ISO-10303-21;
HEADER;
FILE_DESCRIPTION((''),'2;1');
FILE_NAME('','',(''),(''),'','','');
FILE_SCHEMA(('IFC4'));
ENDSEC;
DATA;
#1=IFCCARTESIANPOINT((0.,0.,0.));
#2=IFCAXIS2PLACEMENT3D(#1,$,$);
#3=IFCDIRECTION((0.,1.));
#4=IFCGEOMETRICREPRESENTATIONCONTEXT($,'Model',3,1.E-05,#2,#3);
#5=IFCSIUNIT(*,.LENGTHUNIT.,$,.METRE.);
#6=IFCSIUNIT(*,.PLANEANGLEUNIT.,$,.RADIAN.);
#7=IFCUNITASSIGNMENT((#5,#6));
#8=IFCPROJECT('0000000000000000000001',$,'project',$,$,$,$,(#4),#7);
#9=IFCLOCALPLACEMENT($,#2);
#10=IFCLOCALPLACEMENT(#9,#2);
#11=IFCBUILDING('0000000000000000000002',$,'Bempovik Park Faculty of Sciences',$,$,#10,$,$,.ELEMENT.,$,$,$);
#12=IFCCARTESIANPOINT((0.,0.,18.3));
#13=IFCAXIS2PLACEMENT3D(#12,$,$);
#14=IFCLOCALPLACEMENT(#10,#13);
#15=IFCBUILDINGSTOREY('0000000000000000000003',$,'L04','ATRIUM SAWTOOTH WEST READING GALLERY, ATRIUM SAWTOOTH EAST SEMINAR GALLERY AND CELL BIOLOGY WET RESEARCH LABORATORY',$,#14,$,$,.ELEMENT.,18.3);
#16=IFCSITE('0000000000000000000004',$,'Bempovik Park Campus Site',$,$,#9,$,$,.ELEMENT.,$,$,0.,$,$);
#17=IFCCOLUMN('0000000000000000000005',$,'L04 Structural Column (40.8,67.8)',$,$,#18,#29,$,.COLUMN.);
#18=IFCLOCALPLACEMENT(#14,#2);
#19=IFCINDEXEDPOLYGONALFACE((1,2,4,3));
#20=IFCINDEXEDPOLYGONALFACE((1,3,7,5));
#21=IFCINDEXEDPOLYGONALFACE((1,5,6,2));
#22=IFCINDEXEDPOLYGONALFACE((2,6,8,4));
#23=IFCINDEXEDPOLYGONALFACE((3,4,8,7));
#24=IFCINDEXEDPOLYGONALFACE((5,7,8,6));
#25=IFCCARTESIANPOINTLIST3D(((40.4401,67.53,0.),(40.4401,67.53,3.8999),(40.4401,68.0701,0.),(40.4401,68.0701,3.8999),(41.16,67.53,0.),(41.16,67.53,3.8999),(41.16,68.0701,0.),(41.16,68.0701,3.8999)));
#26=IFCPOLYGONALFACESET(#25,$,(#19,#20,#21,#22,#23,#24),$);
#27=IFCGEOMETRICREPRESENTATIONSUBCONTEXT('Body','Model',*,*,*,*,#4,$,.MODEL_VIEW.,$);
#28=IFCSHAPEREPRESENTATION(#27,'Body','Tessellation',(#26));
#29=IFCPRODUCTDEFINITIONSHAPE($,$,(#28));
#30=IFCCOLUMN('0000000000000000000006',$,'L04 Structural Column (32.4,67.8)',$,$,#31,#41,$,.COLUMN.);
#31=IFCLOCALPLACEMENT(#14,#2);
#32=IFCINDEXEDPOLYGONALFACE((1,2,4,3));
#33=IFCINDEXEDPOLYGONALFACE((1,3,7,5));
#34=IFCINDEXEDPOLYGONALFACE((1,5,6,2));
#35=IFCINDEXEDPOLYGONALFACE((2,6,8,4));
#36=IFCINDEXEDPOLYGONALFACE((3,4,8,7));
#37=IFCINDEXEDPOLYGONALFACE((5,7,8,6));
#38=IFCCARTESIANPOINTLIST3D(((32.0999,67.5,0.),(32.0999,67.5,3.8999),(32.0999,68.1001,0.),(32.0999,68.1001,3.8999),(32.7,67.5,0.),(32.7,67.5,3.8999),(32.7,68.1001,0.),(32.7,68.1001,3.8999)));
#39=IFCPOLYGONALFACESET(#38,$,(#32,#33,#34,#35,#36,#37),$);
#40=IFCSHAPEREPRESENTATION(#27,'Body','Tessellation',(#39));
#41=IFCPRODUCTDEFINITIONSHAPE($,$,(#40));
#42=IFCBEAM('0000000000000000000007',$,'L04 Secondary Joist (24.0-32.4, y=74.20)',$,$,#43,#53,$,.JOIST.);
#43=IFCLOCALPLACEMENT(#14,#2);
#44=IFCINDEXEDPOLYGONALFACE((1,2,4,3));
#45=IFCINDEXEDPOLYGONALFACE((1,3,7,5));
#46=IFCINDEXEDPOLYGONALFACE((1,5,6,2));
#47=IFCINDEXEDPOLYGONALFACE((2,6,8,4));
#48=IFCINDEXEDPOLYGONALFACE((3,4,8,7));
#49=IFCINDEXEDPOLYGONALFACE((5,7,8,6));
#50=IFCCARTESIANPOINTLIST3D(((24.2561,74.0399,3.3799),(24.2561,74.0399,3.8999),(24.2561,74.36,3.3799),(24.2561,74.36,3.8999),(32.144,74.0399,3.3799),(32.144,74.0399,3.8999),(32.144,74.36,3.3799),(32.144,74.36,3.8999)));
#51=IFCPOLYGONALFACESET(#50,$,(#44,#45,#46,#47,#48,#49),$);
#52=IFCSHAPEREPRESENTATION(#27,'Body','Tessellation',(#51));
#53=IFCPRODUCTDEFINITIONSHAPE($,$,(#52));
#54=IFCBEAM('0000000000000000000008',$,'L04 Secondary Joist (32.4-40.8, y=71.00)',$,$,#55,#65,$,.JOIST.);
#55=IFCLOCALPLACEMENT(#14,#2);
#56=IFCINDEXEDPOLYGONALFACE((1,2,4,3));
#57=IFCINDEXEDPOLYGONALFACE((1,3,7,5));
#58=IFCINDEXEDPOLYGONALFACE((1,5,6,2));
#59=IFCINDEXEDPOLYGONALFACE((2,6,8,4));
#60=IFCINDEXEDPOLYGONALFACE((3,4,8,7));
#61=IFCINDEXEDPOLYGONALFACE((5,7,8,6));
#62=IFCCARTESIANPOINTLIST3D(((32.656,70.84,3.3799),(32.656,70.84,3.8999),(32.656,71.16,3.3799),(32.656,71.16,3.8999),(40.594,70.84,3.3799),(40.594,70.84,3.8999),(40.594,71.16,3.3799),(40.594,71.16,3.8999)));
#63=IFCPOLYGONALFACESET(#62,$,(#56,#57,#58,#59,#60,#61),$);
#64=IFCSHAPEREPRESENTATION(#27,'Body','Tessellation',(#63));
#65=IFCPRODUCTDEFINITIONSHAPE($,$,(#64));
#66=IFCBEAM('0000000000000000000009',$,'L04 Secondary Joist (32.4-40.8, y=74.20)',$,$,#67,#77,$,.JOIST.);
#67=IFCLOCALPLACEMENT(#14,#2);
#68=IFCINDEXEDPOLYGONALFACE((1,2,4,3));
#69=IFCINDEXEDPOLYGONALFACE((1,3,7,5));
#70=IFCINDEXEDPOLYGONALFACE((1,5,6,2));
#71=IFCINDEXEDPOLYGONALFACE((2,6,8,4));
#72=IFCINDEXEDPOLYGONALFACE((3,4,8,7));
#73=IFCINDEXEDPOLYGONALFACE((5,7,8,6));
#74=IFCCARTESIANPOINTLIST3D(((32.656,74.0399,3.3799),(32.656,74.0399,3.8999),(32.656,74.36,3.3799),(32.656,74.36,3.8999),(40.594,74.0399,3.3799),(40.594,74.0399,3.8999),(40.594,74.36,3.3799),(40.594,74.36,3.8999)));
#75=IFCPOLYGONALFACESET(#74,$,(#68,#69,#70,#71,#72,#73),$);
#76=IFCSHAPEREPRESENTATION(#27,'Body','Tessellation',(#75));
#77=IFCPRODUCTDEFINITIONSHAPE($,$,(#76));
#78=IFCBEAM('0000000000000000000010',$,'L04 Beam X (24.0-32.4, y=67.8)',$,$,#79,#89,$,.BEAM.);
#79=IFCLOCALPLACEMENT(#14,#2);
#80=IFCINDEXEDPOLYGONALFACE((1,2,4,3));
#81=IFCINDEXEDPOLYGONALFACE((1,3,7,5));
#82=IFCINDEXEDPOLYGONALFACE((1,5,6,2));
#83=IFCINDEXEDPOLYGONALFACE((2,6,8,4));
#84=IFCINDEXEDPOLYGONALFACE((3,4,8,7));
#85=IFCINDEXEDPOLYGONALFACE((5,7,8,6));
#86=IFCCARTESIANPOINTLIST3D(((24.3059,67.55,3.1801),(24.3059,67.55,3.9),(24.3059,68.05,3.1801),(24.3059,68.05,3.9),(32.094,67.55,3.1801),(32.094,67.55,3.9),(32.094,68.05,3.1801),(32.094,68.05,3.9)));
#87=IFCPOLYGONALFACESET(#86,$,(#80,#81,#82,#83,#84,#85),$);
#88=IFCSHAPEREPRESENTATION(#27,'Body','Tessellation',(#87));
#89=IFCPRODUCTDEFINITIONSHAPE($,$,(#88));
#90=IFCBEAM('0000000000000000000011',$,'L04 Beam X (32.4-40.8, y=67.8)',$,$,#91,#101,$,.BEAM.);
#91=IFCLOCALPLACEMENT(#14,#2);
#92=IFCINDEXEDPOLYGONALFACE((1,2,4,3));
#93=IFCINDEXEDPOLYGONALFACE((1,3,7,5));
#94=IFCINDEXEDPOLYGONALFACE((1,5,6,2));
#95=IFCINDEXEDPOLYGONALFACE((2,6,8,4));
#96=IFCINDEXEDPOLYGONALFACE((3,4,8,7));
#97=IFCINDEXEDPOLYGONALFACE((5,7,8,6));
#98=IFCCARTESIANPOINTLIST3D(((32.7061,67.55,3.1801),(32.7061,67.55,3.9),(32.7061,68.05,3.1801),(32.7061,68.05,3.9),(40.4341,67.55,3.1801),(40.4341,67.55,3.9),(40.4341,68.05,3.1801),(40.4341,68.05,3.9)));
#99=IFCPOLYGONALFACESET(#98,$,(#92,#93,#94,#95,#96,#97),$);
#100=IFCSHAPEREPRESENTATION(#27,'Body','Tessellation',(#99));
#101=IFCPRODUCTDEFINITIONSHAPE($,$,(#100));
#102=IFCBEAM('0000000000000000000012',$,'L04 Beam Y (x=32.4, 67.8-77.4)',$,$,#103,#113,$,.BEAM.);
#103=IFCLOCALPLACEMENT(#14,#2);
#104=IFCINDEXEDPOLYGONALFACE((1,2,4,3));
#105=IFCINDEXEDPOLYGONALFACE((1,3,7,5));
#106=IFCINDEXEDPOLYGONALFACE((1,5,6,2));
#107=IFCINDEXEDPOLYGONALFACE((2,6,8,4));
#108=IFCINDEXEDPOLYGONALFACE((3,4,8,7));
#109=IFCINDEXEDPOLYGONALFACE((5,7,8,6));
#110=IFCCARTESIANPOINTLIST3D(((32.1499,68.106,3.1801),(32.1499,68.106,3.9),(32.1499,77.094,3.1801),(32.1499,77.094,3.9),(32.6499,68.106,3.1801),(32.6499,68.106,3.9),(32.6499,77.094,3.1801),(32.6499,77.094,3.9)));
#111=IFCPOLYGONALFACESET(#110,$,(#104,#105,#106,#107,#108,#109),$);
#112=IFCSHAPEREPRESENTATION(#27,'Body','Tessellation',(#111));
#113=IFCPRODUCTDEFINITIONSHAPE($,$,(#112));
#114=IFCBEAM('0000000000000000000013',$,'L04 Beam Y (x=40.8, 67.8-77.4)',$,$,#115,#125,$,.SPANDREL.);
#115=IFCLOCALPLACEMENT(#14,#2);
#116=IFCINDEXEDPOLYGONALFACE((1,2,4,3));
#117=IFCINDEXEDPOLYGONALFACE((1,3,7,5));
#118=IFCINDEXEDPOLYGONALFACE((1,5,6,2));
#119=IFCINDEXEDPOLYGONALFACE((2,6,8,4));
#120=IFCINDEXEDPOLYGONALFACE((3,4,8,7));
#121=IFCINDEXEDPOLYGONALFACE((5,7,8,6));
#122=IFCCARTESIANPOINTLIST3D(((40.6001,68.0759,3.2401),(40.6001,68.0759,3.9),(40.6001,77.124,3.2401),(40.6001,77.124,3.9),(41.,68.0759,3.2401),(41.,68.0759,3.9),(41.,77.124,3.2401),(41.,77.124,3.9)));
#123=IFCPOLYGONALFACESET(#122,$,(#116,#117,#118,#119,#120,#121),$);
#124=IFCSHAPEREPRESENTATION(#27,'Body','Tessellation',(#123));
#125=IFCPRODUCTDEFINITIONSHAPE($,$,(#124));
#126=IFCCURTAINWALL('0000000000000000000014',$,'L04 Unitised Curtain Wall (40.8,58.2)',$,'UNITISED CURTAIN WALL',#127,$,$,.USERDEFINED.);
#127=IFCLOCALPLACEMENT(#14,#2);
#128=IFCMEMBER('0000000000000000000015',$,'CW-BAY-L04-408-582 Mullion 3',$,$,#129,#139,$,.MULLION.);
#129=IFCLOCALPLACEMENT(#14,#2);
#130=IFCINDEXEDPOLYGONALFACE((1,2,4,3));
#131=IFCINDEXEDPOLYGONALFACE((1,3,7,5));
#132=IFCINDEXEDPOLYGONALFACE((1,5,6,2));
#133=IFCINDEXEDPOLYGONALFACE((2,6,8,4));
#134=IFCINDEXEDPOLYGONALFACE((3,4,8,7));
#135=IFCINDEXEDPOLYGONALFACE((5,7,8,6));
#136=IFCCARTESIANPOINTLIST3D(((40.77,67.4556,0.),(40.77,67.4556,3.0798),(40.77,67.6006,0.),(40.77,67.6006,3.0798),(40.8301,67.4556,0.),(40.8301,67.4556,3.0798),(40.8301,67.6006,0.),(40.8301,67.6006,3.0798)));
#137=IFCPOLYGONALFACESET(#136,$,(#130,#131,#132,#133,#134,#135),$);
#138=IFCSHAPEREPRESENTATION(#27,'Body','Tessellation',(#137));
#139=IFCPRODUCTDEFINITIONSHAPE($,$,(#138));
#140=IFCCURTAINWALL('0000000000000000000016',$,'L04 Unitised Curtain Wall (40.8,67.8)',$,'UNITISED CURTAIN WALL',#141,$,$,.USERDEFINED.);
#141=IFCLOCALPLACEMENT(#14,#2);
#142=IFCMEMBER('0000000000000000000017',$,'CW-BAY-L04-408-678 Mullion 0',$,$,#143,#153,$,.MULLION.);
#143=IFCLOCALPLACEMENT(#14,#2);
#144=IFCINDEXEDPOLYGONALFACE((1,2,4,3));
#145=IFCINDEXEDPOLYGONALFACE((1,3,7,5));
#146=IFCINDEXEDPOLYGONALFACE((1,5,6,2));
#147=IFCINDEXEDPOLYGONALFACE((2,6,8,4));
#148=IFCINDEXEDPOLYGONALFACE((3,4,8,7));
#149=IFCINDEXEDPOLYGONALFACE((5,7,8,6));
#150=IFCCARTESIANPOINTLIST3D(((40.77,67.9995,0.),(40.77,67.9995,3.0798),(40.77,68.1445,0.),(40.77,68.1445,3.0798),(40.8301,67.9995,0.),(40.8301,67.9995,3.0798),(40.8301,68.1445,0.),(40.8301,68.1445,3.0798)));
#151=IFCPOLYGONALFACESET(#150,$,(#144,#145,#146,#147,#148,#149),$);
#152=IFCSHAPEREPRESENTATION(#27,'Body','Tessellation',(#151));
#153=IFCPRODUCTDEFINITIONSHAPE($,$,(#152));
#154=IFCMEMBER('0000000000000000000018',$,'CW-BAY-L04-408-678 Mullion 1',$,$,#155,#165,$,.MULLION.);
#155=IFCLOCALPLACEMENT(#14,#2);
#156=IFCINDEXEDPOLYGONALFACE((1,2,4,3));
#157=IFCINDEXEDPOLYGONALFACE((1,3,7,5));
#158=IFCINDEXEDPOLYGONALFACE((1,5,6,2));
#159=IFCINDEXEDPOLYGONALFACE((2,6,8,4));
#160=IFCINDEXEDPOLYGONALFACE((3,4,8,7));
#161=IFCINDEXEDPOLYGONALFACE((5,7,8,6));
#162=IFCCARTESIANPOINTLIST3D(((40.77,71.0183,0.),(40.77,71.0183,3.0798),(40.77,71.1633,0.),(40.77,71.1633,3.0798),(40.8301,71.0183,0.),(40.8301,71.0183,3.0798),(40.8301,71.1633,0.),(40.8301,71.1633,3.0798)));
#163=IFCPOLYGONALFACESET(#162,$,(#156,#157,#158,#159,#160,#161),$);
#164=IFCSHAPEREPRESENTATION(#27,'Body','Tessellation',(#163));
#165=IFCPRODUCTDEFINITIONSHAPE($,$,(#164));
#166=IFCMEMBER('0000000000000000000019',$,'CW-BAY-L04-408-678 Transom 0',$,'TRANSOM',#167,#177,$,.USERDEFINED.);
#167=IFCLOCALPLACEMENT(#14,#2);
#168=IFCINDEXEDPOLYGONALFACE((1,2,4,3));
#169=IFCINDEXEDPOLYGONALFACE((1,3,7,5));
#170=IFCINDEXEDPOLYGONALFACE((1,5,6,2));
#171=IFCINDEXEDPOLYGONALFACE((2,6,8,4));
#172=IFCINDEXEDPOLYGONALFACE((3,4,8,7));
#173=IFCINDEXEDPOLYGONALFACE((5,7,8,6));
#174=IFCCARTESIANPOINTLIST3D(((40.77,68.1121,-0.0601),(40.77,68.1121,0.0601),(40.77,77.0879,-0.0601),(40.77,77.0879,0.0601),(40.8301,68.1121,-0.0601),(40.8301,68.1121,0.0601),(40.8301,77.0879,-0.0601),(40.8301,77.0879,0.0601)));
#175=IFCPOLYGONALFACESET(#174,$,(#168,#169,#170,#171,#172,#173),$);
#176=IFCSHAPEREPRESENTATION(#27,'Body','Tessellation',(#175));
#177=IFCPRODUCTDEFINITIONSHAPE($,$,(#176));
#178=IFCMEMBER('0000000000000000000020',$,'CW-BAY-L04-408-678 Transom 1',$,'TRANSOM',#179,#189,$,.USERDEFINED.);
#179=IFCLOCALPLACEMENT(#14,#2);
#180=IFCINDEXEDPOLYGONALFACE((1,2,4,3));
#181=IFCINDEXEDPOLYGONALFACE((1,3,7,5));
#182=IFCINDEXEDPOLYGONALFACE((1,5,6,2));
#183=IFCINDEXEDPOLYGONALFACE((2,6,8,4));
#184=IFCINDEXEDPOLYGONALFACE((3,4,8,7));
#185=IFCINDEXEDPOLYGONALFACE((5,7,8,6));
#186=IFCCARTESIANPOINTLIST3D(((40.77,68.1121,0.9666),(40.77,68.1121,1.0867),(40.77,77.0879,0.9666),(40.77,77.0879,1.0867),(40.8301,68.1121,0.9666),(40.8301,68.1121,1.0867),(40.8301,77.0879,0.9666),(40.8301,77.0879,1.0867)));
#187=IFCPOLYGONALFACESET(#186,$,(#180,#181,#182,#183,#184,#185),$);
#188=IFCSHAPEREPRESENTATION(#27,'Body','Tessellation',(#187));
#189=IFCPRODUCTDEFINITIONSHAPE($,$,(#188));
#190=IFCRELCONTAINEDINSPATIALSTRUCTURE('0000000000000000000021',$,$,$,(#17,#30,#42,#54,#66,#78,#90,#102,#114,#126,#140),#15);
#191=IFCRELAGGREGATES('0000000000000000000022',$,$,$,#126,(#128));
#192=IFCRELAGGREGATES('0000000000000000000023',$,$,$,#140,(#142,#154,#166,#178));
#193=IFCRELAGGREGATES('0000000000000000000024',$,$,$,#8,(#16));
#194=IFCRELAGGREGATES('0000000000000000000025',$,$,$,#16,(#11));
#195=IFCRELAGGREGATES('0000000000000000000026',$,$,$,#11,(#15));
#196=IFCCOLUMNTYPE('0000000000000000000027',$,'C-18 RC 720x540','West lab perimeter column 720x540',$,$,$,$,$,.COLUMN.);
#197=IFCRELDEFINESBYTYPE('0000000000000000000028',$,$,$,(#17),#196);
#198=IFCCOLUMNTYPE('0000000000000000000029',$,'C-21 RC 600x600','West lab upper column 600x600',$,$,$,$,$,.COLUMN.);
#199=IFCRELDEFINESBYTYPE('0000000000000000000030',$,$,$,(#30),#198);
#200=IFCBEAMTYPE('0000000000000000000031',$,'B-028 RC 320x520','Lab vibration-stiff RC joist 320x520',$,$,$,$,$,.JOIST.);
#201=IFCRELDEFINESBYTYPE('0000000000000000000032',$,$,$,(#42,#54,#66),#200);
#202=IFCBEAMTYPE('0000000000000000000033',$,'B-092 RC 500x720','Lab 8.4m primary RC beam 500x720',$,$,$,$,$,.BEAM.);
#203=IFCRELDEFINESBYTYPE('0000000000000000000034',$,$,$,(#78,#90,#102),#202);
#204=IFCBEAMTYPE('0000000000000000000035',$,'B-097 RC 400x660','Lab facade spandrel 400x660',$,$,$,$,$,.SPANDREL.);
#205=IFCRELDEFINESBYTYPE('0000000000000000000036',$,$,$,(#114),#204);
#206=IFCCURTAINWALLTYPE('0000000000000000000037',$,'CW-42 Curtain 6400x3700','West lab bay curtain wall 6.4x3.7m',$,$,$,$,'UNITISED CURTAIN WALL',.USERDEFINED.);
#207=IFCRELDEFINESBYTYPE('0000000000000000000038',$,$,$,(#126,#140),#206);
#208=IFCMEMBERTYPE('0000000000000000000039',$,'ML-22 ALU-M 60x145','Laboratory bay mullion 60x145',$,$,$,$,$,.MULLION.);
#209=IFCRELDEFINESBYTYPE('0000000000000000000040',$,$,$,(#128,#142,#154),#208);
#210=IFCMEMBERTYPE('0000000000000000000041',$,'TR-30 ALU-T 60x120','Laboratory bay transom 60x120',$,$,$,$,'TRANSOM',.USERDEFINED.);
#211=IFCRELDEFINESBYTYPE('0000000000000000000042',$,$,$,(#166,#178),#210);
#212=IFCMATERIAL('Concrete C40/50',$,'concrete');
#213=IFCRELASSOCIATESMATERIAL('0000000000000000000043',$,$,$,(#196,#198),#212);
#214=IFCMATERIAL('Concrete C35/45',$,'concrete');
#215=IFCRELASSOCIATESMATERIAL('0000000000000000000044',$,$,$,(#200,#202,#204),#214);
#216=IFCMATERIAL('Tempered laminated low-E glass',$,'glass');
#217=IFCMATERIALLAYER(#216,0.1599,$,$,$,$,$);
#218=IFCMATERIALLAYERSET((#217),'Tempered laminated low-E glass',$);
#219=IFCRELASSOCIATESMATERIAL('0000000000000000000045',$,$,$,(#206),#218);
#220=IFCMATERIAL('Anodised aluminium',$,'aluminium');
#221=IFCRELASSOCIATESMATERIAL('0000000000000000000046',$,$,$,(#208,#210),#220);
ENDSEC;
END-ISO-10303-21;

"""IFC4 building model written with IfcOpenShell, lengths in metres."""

from ifc_helpers import new_model, si_unit, direction, frame, origin, origin_2d, place, context, subcontext, project, spatial, rectangle, extrude, material, layer, layer_set, material_profile, profile_set, type_object, element, aggregate, save


model = new_model("IFC4")

# Units and contexts
model_context = context("Model", 3, precision=1e-05, world=origin(), true_north=direction((0.0, 1.0)))
body_context = subcontext(model_context, "Body", "Model", "MODEL_VIEW")
ifc_project = project(units=[si_unit("LENGTHUNIT", "METRE"), si_unit("PLANEANGLEUNIT", "RADIAN")], contexts=[model_context])

# Site, building, storey
site_placement = place(None, origin())
site = spatial("IfcSite", under=ifc_project, at=site_placement, Name="Bempovik Park Campus Site", CompositionType="ELEMENT", RefElevation=0.0)
building_placement = place(site_placement, origin())
building = spatial("IfcBuilding", under=site, at=building_placement, Name="Bempovik Park Faculty of Sciences", CompositionType="ELEMENT")
storey_placement = place(building_placement, frame((0.0, 0.0, 18.3)))
storey = spatial("IfcBuildingStorey", under=building, at=storey_placement, Name="L04", Description="ATRIUM SAWTOOTH WEST READING GALLERY, ATRIUM SAWTOOTH EAST SEMINAR GALLERY AND CELL BIOLOGY WET RESEARCH LABORATORY", CompositionType="ELEMENT", Elevation=18.3)

# Columns
ifc_material_1 = material(Name="Concrete C40/50", Category="concrete")
ifc_material_profile_1 = material_profile(ifc_material_1, rectangle(XDim=0.72, YDim=0.54, at=origin_2d()), Name="RC 720x540")
ifc_profile_set_1 = profile_set([ifc_material_profile_1], Name="Concrete C40/50")
column_type_1 = type_object("IfcColumnType", Name="C-18 RC 720x540", Description="West lab perimeter column 720x540", PredefinedType="COLUMN", material=ifc_profile_set_1)
column_1_placement = place(storey_placement, frame((40.8, 67.8, 0.0), z_axis=(0.0, 0.0, 1.0), x_axis=(1.0, 0.0, 0.0)))
element("IfcColumn", 1, at=column_1_placement, inside=storey, type_object=column_type_1, Name="L04 Structural Column (40.8,67.8)", PredefinedType="COLUMN", context=body_context, shape_type="SweptSolid", body=[
    extrude(rectangle(XDim=0.72, YDim=0.54, at=origin_2d()), origin(), (0.0, 0.0, 1.0), 3.8999),
])
ifc_material_profile_2 = material_profile(ifc_material_1, rectangle(XDim=0.6001, YDim=0.6001, at=origin_2d()), Name="RC 600x600")
ifc_profile_set_2 = profile_set([ifc_material_profile_2], Name="Concrete C40/50")
column_type_2 = type_object("IfcColumnType", Name="C-21 RC 600x600", Description="West lab upper column 600x600", PredefinedType="COLUMN", material=ifc_profile_set_2)
column_2_placement = place(storey_placement, frame((32.3999, 67.8, 0.0), z_axis=(0.0, 0.0, 1.0), x_axis=(1.0, 0.0, 0.0)))
element("IfcColumn", 2, at=column_2_placement, inside=storey, type_object=column_type_2, Name="L04 Structural Column (32.4,67.8)", PredefinedType="COLUMN", context=body_context, shape_type="SweptSolid", body=[
    extrude(rectangle(XDim=0.6001, YDim=0.6001, at=origin_2d()), origin(), (0.0, 0.0, 1.0), 3.8999),
])

# Beams
ifc_material_2 = material(Name="Concrete C35/45", Category="concrete")
ifc_material_profile_3 = material_profile(ifc_material_2, rectangle(XDim=0.3201, YDim=0.52, at=origin_2d()), Name="RC 320x520")
ifc_profile_set_3 = profile_set([ifc_material_profile_3], Name="Concrete C35/45")
beam_type_1 = type_object("IfcBeamType", Name="B-028 RC 320x520", Description="Lab vibration-stiff RC joist 320x520", PredefinedType="JOIST", material=ifc_profile_set_3)
beam_1_placement = place(storey_placement, frame((24.2561, 74.2, 3.6399), z_axis=(1.0, 0.0, 0.0), x_axis=(0.0, 1.0, 0.0)))
element("IfcBeam", 3, at=beam_1_placement, inside=storey, type_object=beam_type_1, Name="L04 Secondary Joist (24.0-32.4, y=74.20)", PredefinedType="JOIST", context=body_context, shape_type="SweptSolid", body=[
    extrude(rectangle(XDim=0.3201, YDim=0.52, at=origin_2d()), origin(), (0.0, 0.0, 1.0), 7.8879),
])
for number, where, z_axis, x_axis, name in (
    (4, (32.656, 71.0, 3.6399), (1.0, 0.0, 0.0), (0.0, 1.0, 0.0), "L04 Secondary Joist (32.4-40.8, y=71.00)"),
    (5, (32.656, 74.2, 3.6399), (1.0, 0.0, 0.0), (0.0, 1.0, 0.0), "L04 Secondary Joist (32.4-40.8, y=74.20)"),
):
    element("IfcBeam", number, at=place(storey_placement, frame(where, z_axis=z_axis, x_axis=x_axis)), inside=storey, type_object=beam_type_1, Name=name, PredefinedType="JOIST", context=body_context, shape_type="SweptSolid", body=[
        extrude(rectangle(XDim=0.3201, YDim=0.52, at=origin_2d()), origin(), (0.0, 0.0, 1.0), 7.938),
    ])
ifc_material_profile_4 = material_profile(ifc_material_2, rectangle(XDim=0.5, YDim=0.72, at=origin_2d()), Name="RC 500x720")
ifc_profile_set_4 = profile_set([ifc_material_profile_4], Name="Concrete C35/45")
beam_type_2 = type_object("IfcBeamType", Name="B-092 RC 500x720", Description="Lab 8.4m primary RC beam 500x720", PredefinedType="BEAM", material=ifc_profile_set_4)
beam_2_placement = place(storey_placement, frame((24.3059, 67.8, 3.54), z_axis=(1.0, 0.0, 0.0), x_axis=(0.0, 1.0, 0.0)))
element("IfcBeam", 6, at=beam_2_placement, inside=storey, type_object=beam_type_2, Name="L04 Beam X (24.0-32.4, y=67.8)", PredefinedType="BEAM", context=body_context, shape_type="SweptSolid", body=[
    extrude(rectangle(XDim=0.5, YDim=0.72, at=origin_2d()), origin(), (0.0, 0.0, 1.0), 7.7881),
])
beam_3_placement = place(storey_placement, frame((32.7061, 67.8, 3.54), z_axis=(1.0, 0.0, 0.0), x_axis=(0.0, 1.0, 0.0)))
element("IfcBeam", 7, at=beam_3_placement, inside=storey, type_object=beam_type_2, Name="L04 Beam X (32.4-40.8, y=67.8)", PredefinedType="BEAM", context=body_context, shape_type="SweptSolid", body=[
    extrude(rectangle(XDim=0.5, YDim=0.72, at=origin_2d()), origin(), (0.0, 0.0, 1.0), 7.728),
])
beam_4_placement = place(storey_placement, frame((32.3999, 68.106, 3.54), z_axis=(0.0, 1.0, 0.0), x_axis=(-1.0, 0.0, 0.0)))
element("IfcBeam", 8, at=beam_4_placement, inside=storey, type_object=beam_type_2, Name="L04 Beam Y (x=32.4, 67.8-77.4)", PredefinedType="BEAM", context=body_context, shape_type="SweptSolid", body=[
    extrude(rectangle(XDim=0.5, YDim=0.72, at=origin_2d()), origin(), (0.0, 0.0, 1.0), 8.988),
])
ifc_material_profile_5 = material_profile(ifc_material_2, rectangle(XDim=0.3999, YDim=0.6599, at=origin_2d()), Name="RC 400x660")
ifc_profile_set_5 = profile_set([ifc_material_profile_5], Name="Concrete C35/45")
beam_type_3 = type_object("IfcBeamType", Name="B-097 RC 400x660", Description="Lab facade spandrel 400x660", PredefinedType="SPANDREL", material=ifc_profile_set_5)
beam_5_placement = place(storey_placement, frame((40.8, 68.0759, 3.5701), z_axis=(0.0, 1.0, 0.0), x_axis=(-1.0, 0.0, 0.0)))
element("IfcBeam", 9, at=beam_5_placement, inside=storey, type_object=beam_type_3, Name="L04 Beam Y (x=40.8, 67.8-77.4)", PredefinedType="SPANDREL", context=body_context, shape_type="SweptSolid", body=[
    extrude(rectangle(XDim=0.3999, YDim=0.6599, at=origin_2d()), origin(), (0.0, 0.0, 1.0), 9.0481),
])

# Curtain wall, member
ifc_material_3 = material(Name="Tempered laminated low-E glass", Category="glass")
ifc_layer_1 = layer(ifc_material_3, 0.1599)
ifc_layer_set_1 = layer_set([ifc_layer_1], Name="Tempered laminated low-E glass")
curtain_wall_type = type_object("IfcCurtainWallType", Name="CW-42 Curtain 6400x3700", Description="West lab bay curtain wall 6.4x3.7m", ElementType="UNITISED CURTAIN WALL", PredefinedType="USERDEFINED", material=ifc_layer_set_1)
curtain_wall_1_placement = place(storey_placement, origin())
curtain_wall_1 = element("IfcCurtainWall", 10, at=curtain_wall_1_placement, inside=storey, type_object=curtain_wall_type, Name="L04 Unitised Curtain Wall (40.8,58.2)", ObjectType="UNITISED CURTAIN WALL", PredefinedType="USERDEFINED")
ifc_material_4 = material(Name="Anodised aluminium", Category="aluminium")
ifc_material_profile_6 = material_profile(ifc_material_4, rectangle(XDim=0.0601, YDim=0.145, at=origin_2d()), Name="ALU-M 60x145")
ifc_profile_set_6 = profile_set([ifc_material_profile_6], Name="Anodised aluminium")
member_type_1 = type_object("IfcMemberType", Name="ML-22 ALU-M 60x145", Description="Laboratory bay mullion 60x145", PredefinedType="MULLION", material=ifc_profile_set_6)
member_1_placement = place(storey_placement, frame((40.8, 67.5281, 0.0), z_axis=(0.0, 0.0, 1.0), x_axis=(1.0, 0.0, 0.0)))
member_1 = element("IfcMember", 11, at=member_1_placement, type_object=member_type_1, Name="CW-BAY-L04-408-582 Mullion 3", PredefinedType="MULLION", context=body_context, shape_type="SweptSolid", body=[
    extrude(rectangle(XDim=0.0601, YDim=0.145, at=origin_2d()), origin(), (0.0, 0.0, 1.0), 3.0798),
])
aggregate(curtain_wall_1, [member_1])

# Curtain wall, members
curtain_wall_2_placement = place(storey_placement, origin())
curtain_wall_2 = element("IfcCurtainWall", 12, at=curtain_wall_2_placement, inside=storey, type_object=curtain_wall_type, Name="L04 Unitised Curtain Wall (40.8,67.8)", ObjectType="UNITISED CURTAIN WALL", PredefinedType="USERDEFINED")
member_2_placement = place(storey_placement, frame((40.8, 68.072, 0.0), z_axis=(0.0, 0.0, 1.0), x_axis=(1.0, 0.0, 0.0)))
member_2 = element("IfcMember", 13, at=member_2_placement, type_object=member_type_1, Name="CW-BAY-L04-408-678 Mullion 0", PredefinedType="MULLION", context=body_context, shape_type="SweptSolid", body=[
    extrude(rectangle(XDim=0.0601, YDim=0.145, at=origin_2d()), origin(), (0.0, 0.0, 1.0), 3.0798),
])
member_3_placement = place(storey_placement, frame((40.8, 71.0908, 0.0), z_axis=(0.0, 0.0, 1.0), x_axis=(1.0, 0.0, 0.0)))
member_3 = element("IfcMember", 14, at=member_3_placement, type_object=member_type_1, Name="CW-BAY-L04-408-678 Mullion 1", PredefinedType="MULLION", context=body_context, shape_type="SweptSolid", body=[
    extrude(rectangle(XDim=0.0601, YDim=0.145, at=origin_2d()), origin(), (0.0, 0.0, 1.0), 3.0798),
])
ifc_material_profile_7 = material_profile(ifc_material_4, rectangle(XDim=0.0601, YDim=0.1201, at=origin_2d()), Name="ALU-T 60x120")
ifc_profile_set_7 = profile_set([ifc_material_profile_7], Name="Anodised aluminium")
member_type_2 = type_object("IfcMemberType", Name="TR-30 ALU-T 60x120", Description="Laboratory bay transom 60x120", ElementType="TRANSOM", PredefinedType="USERDEFINED", material=ifc_profile_set_7)
member_4_placement = place(storey_placement, frame((40.8, 68.1121, 0.0), z_axis=(0.0, 1.0, 0.0), x_axis=(-1.0, 0.0, 0.0)))
member_4 = element("IfcMember", 15, at=member_4_placement, type_object=member_type_2, Name="CW-BAY-L04-408-678 Transom 0", ObjectType="TRANSOM", PredefinedType="USERDEFINED", context=body_context, shape_type="SweptSolid", body=[
    extrude(rectangle(XDim=0.0601, YDim=0.1201, at=origin_2d()), origin(), (0.0, 0.0, 1.0), 8.9758),
])
member_5_placement = place(storey_placement, frame((40.8, 68.1121, 1.0266), z_axis=(0.0, 1.0, 0.0), x_axis=(-1.0, 0.0, 0.0)))
member_5 = element("IfcMember", 16, at=member_5_placement, type_object=member_type_2, Name="CW-BAY-L04-408-678 Transom 1", ObjectType="TRANSOM", PredefinedType="USERDEFINED", context=body_context, shape_type="SweptSolid", body=[
    extrude(rectangle(XDim=0.0601, YDim=0.1201, at=origin_2d()), origin(), (0.0, 0.0, 1.0), 8.9758),
])
aggregate(curtain_wall_2, [member_2, member_3, member_4, member_5])

save(model, "model.ifc")
